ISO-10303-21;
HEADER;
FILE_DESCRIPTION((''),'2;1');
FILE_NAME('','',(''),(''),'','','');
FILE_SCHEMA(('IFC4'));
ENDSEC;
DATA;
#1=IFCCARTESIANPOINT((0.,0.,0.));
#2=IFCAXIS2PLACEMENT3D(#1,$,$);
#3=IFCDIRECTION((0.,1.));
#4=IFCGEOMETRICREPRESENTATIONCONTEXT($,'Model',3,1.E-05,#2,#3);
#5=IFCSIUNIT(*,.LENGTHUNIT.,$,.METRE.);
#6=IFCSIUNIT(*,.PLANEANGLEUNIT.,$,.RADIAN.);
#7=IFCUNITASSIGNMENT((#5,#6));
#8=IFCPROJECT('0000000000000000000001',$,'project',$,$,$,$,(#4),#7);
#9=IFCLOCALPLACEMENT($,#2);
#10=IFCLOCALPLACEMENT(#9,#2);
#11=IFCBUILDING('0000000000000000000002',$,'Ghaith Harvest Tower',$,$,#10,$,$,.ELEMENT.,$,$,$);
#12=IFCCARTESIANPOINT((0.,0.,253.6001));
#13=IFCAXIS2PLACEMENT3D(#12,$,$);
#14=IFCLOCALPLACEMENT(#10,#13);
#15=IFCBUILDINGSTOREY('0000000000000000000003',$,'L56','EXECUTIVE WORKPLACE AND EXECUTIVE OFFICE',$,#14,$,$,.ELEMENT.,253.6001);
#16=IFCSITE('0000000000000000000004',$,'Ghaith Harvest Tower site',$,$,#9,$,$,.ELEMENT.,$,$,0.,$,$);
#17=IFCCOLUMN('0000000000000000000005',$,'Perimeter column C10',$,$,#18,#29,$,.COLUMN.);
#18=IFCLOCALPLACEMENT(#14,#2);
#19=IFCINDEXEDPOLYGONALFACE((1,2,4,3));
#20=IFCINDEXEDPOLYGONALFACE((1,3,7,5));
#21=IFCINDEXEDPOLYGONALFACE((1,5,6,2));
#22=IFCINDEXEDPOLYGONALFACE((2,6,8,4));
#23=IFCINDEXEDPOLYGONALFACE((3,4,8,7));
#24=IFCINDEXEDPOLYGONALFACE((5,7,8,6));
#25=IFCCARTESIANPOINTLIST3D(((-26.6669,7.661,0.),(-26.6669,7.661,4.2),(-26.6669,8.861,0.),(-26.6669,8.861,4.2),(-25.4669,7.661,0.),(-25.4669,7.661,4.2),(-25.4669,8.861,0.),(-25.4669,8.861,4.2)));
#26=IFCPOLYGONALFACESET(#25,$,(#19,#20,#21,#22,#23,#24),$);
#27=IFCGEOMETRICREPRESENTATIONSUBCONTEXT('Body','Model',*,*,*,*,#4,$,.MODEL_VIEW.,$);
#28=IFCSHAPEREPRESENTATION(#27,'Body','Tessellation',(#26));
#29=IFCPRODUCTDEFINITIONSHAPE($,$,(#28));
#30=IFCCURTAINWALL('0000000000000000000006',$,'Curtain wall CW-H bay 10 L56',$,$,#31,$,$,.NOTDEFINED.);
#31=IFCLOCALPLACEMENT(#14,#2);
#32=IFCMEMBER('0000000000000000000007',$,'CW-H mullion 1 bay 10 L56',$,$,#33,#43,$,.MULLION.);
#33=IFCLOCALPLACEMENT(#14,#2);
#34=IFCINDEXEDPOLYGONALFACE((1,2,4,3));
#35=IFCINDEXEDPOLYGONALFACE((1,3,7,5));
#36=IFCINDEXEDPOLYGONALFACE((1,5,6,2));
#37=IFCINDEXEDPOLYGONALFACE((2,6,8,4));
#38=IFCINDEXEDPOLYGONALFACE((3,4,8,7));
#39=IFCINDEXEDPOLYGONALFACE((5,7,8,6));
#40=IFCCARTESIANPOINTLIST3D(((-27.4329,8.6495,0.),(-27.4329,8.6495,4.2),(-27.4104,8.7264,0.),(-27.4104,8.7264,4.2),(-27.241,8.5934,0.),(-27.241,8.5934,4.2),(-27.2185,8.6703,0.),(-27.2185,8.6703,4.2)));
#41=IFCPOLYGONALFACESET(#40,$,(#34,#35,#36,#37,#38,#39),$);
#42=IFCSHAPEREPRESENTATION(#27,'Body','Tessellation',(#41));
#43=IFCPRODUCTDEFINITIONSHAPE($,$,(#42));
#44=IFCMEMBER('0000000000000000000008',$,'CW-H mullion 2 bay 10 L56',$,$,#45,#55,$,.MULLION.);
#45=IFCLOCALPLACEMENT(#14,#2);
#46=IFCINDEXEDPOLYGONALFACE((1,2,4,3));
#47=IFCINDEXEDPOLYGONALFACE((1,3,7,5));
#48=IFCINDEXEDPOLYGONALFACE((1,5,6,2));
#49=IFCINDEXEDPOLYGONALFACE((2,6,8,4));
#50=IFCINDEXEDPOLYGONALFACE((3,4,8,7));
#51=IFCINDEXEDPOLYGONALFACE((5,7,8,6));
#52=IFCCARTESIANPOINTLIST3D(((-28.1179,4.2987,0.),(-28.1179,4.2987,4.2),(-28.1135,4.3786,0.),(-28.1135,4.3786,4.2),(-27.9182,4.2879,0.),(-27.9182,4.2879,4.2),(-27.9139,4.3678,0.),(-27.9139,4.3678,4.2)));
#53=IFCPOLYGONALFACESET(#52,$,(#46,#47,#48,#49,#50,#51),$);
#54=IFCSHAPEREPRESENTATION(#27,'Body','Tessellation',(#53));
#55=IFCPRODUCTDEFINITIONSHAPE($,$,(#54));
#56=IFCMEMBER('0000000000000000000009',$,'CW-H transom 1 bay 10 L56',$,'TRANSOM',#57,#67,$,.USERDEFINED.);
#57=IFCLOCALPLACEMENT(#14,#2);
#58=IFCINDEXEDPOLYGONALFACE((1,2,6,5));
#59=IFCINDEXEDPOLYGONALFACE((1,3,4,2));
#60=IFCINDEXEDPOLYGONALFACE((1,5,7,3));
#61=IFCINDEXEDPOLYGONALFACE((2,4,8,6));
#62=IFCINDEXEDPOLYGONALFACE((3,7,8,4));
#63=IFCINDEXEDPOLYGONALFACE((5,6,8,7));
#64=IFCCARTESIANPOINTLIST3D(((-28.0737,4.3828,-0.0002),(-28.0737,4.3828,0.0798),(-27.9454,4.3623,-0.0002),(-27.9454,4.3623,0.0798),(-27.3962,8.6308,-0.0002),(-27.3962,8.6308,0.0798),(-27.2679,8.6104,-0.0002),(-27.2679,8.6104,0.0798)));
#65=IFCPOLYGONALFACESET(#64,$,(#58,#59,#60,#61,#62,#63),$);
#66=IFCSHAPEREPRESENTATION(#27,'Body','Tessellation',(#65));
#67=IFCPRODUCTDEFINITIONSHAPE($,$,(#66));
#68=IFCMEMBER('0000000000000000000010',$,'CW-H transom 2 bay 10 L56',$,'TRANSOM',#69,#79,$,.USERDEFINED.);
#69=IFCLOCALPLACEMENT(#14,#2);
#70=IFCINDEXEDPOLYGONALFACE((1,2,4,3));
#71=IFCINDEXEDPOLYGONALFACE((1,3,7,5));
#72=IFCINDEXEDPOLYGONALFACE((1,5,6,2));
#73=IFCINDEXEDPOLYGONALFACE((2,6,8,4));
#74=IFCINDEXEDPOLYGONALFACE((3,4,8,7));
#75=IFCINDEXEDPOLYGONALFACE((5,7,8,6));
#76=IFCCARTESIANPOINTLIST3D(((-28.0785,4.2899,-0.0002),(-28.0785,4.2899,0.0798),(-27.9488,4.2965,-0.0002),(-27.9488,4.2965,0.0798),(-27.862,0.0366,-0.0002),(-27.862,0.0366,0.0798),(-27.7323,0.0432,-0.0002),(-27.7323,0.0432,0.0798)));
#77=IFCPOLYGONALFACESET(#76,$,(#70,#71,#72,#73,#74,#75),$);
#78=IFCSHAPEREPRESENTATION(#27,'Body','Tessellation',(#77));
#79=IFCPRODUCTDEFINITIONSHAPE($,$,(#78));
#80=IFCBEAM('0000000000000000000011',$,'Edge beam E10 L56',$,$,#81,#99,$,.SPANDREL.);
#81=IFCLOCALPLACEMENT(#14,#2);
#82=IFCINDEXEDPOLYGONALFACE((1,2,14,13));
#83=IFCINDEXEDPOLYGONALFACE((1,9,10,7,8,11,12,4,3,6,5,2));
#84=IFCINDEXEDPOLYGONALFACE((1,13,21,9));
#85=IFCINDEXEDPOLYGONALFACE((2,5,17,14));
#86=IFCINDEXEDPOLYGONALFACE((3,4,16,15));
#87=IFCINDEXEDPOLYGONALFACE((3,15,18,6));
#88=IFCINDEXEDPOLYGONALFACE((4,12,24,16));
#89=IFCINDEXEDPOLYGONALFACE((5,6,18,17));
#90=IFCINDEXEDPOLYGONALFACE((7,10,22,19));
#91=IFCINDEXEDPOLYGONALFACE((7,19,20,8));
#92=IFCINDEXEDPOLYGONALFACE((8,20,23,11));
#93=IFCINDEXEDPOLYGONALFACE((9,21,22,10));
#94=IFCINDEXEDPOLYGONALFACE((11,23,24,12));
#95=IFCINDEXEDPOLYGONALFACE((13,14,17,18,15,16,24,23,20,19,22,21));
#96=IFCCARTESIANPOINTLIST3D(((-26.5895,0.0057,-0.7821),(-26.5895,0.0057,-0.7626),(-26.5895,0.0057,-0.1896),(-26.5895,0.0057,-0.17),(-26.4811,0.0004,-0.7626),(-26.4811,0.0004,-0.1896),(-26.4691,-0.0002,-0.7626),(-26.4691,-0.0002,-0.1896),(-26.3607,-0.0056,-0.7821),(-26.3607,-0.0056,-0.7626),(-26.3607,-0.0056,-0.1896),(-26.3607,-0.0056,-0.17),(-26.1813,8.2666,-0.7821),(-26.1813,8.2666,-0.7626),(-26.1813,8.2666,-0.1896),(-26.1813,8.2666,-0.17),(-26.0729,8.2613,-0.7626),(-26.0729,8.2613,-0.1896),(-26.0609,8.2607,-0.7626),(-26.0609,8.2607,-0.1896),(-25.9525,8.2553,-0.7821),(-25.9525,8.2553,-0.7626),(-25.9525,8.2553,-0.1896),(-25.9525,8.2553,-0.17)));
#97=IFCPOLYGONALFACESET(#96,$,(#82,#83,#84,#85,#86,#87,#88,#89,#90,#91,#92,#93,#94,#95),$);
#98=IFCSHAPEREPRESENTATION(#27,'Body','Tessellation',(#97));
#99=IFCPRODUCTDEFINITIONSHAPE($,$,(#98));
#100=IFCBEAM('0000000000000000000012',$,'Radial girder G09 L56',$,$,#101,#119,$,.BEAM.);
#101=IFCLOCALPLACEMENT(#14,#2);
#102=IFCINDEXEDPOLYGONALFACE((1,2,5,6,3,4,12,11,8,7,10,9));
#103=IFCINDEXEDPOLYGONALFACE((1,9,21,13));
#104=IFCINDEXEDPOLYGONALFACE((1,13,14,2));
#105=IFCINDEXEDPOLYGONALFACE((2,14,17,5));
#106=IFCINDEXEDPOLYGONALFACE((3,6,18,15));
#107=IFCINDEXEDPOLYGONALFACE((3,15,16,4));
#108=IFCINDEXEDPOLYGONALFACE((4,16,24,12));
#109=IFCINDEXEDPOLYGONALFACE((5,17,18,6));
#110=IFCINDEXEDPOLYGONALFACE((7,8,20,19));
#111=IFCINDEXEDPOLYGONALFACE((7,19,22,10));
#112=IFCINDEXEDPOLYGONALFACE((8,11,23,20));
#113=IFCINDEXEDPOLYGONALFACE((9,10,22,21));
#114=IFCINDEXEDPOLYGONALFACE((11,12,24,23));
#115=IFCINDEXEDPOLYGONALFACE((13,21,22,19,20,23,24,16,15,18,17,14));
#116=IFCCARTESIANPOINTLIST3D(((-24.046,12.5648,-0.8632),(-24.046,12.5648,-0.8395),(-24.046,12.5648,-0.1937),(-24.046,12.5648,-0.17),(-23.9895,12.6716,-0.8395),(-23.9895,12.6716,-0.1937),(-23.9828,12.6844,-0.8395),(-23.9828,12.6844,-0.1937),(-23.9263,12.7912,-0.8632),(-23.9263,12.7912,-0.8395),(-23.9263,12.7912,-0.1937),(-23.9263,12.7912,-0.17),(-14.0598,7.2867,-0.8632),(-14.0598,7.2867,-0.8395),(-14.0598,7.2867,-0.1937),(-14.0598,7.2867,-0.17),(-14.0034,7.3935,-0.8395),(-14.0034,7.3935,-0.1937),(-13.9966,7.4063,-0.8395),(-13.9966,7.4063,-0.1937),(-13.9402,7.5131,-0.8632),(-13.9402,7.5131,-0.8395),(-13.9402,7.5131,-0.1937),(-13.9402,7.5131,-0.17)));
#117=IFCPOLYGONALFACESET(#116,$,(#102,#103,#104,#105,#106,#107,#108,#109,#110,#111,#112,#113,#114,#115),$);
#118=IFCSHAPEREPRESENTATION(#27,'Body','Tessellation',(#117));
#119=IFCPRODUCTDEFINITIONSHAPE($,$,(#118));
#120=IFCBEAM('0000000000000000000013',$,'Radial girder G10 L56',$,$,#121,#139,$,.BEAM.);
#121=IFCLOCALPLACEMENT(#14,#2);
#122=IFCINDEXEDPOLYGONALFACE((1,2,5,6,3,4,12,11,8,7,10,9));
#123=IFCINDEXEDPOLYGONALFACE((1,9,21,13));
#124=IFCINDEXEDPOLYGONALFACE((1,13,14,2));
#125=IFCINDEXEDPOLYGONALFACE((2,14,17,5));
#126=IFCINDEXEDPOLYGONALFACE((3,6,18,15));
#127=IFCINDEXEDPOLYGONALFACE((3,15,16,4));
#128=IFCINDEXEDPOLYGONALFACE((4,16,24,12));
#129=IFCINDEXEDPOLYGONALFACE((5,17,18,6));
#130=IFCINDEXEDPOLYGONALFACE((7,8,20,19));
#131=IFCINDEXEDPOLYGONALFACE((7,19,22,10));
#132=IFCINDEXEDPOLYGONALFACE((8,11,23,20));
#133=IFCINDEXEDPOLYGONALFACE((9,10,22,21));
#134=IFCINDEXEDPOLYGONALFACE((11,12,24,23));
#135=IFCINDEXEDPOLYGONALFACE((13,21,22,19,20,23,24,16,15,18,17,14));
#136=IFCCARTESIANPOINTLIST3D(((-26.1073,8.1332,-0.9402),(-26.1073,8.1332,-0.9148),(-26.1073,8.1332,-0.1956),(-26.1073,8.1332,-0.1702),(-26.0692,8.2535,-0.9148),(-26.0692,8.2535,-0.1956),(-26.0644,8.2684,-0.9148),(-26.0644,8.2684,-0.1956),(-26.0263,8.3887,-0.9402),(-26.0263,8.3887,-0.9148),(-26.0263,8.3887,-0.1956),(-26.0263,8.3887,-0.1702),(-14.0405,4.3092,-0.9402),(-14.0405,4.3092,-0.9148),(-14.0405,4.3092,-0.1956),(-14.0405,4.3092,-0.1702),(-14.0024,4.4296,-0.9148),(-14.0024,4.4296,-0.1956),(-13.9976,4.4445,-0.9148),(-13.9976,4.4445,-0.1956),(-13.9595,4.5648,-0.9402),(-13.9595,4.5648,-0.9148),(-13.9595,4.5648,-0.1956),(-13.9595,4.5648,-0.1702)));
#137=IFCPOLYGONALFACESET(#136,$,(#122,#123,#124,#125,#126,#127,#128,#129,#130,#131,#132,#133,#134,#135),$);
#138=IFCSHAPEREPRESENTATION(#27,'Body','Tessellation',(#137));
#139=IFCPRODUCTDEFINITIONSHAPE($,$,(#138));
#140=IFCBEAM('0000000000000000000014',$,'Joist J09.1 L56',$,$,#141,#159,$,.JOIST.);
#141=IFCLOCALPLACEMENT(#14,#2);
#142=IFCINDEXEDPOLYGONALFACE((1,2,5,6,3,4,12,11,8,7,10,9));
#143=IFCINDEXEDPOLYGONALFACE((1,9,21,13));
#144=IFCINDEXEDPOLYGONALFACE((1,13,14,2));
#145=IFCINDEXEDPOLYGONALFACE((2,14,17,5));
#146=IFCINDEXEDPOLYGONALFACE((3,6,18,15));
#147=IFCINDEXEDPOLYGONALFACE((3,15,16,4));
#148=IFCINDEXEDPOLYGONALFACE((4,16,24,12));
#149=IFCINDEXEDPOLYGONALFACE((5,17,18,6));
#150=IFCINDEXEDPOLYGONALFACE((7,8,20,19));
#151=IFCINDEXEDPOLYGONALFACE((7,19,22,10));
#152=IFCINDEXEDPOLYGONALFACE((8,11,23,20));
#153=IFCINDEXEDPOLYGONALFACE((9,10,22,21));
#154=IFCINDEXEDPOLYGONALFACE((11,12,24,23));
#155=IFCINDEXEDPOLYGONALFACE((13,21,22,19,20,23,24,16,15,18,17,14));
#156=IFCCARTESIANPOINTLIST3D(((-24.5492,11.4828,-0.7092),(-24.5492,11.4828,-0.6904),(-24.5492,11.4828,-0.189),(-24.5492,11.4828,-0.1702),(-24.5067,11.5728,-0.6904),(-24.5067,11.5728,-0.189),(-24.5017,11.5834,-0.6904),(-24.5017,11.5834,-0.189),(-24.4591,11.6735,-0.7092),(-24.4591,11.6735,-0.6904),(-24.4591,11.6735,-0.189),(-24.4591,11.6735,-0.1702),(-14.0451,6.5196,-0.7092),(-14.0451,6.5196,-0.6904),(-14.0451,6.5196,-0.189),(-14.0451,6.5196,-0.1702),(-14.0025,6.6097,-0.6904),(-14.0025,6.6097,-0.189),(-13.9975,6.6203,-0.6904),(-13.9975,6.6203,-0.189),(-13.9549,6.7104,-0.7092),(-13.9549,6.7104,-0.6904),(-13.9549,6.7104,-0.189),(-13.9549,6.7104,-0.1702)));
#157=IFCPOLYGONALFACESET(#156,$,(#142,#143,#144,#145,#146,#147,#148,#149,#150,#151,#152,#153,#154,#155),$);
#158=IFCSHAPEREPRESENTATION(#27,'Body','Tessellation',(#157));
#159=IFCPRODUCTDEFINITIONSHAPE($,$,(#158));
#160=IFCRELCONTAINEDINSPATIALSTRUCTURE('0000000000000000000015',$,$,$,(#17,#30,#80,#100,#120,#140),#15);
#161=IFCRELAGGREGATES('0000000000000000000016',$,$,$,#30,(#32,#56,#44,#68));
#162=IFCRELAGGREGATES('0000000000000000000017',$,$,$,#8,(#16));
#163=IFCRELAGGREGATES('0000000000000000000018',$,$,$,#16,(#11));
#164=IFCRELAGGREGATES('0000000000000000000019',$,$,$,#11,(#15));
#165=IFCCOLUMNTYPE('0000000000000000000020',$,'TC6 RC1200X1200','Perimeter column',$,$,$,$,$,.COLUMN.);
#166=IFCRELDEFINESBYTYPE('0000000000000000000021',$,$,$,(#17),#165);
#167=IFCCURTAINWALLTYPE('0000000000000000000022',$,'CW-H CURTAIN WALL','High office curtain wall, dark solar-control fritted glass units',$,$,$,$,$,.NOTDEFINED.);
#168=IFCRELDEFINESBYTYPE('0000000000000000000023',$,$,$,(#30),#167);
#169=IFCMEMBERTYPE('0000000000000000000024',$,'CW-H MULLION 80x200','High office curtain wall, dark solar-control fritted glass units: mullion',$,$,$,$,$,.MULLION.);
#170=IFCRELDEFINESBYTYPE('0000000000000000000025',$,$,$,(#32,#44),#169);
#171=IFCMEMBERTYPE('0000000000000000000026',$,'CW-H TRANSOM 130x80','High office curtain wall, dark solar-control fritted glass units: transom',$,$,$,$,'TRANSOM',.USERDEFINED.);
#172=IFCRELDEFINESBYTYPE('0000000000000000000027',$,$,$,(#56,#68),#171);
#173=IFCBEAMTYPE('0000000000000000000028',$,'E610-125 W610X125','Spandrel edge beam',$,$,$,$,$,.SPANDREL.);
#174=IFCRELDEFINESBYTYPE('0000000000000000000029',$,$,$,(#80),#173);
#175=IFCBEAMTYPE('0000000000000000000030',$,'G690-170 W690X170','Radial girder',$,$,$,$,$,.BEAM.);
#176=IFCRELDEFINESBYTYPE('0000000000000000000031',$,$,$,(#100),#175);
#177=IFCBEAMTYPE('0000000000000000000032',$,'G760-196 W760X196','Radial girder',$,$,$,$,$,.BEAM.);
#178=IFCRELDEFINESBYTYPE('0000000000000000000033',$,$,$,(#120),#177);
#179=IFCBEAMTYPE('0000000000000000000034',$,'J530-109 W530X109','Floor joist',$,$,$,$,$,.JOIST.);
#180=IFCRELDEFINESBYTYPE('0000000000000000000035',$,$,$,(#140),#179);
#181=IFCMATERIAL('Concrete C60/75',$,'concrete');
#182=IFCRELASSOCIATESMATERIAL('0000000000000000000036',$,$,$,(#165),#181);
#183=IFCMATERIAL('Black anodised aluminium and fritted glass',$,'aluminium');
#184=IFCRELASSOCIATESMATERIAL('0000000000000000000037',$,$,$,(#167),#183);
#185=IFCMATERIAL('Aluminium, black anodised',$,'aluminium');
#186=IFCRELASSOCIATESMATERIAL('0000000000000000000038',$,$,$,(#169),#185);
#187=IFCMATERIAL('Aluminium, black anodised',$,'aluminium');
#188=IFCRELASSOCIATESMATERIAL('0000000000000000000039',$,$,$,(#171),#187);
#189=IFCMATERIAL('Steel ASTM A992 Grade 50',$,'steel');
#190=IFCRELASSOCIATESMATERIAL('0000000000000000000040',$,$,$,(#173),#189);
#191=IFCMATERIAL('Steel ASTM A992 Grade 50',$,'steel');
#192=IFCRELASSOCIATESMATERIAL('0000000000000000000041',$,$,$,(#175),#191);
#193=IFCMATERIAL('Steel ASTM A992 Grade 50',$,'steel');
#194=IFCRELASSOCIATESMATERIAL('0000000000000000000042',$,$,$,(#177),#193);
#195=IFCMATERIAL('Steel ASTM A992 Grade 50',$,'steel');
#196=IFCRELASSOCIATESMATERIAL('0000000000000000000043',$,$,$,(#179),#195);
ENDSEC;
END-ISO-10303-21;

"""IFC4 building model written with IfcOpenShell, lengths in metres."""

from ifc_helpers import new_model, si_unit, direction, frame, origin, origin_2d, place, context, subcontext, project, spatial, rectangle, i_section, extrude, material, material_profile, profile_set, type_object, element, aggregate, save


model = new_model("IFC4")

# Units and contexts
model_context = context("Model", 3, precision=1e-05, world=origin(), true_north=direction((0.0, 1.0)))
body_context = subcontext(model_context, "Body", "Model", "MODEL_VIEW")
ifc_project = project(units=[si_unit("LENGTHUNIT", "METRE"), si_unit("PLANEANGLEUNIT", "RADIAN")], contexts=[model_context])

# Site, building, storey
site_placement = place(None, origin())
site = spatial("IfcSite", under=ifc_project, at=site_placement, Name="Ghaith Harvest Tower site", CompositionType="ELEMENT", RefElevation=0.0)
building_placement = place(site_placement, origin())
building = spatial("IfcBuilding", under=site, at=building_placement, Name="Ghaith Harvest Tower", CompositionType="ELEMENT")
storey_placement = place(building_placement, frame((0.0, 0.0, 253.6001)))
storey = spatial("IfcBuildingStorey", under=building, at=storey_placement, Name="L56", Description="EXECUTIVE WORKPLACE AND EXECUTIVE OFFICE", CompositionType="ELEMENT", Elevation=253.6001)

# Column
ifc_material_1 = material(Name="Concrete C60/75", Category="concrete")
ifc_material_profile_1 = material_profile(ifc_material_1, rectangle(XDim=1.2, YDim=1.2, at=origin_2d()), Name="RC1200X1200")
ifc_profile_set_1 = profile_set([ifc_material_profile_1], Name="Concrete C60/75")
column_type = type_object("IfcColumnType", Name="TC6 RC1200X1200", Description="Perimeter column", PredefinedType="COLUMN", material=ifc_profile_set_1)
column_placement = place(storey_placement, frame((-26.0669, 8.261, 0.0), z_axis=(0.0, 0.0, 1.0), x_axis=(1.0, 0.0, 0.0)))
element("IfcColumn", 1, at=column_placement, inside=storey, type_object=column_type, Name="Perimeter column C10", PredefinedType="COLUMN", context=body_context, shape_type="SweptSolid", body=[
    extrude(rectangle(XDim=1.2, YDim=1.2, at=origin_2d()), origin(), (0.0, 0.0, 1.0), 4.2),
])

# Curtain wall, members
ifc_material_2 = material(Name="Black anodised aluminium and fritted glass", Category="aluminium")
curtain_wall_type = type_object("IfcCurtainWallType", Name="CW-H CURTAIN WALL", Description="High office curtain wall, dark solar-control fritted glass units", PredefinedType="NOTDEFINED", material=ifc_material_2)
curtain_wall_placement = place(storey_placement, origin())
curtain_wall = element("IfcCurtainWall", 2, at=curtain_wall_placement, inside=storey, type_object=curtain_wall_type, Name="Curtain wall CW-H bay 10 L56", PredefinedType="NOTDEFINED")
ifc_material_3 = material(Name="Aluminium, black anodised", Category="aluminium")
ifc_material_profile_2 = material_profile(ifc_material_3, rectangle(XDim=0.0801, YDim=0.2, at=origin_2d()), Name="CW-H MULLION 80x200")
ifc_profile_set_2 = profile_set([ifc_material_profile_2], Name="Aluminium, black anodised")
member_type_1 = type_object("IfcMemberType", Name="CW-H MULLION 80x200", Description="High office curtain wall, dark solar-control fritted glass units: mullion", PredefinedType="MULLION", material=ifc_profile_set_2)
member_1_placement = place(storey_placement, frame((-27.3257, 8.6599, 0.0), z_axis=(0.0, 0.0, 1.0), x_axis=(-0.28052, -0.959848, 0.0)))
member_1 = element("IfcMember", 3, at=member_1_placement, type_object=member_type_1, Name="CW-H mullion 1 bay 10 L56", PredefinedType="MULLION", context=body_context, shape_type="SweptSolid", body=[
    extrude(rectangle(XDim=0.0801, YDim=0.2, at=origin_2d()), origin(), (0.0, 0.0, 1.0), 4.2),
])
member_2_placement = place(storey_placement, frame((-28.0159, 4.3333, 0.0), z_axis=(0.0, 0.0, 1.0), x_axis=(-0.054116, -0.998535, 0.0)))
member_2 = element("IfcMember", 4, at=member_2_placement, type_object=member_type_1, Name="CW-H mullion 2 bay 10 L56", PredefinedType="MULLION", context=body_context, shape_type="SweptSolid", body=[
    extrude(rectangle(XDim=0.0801, YDim=0.2, at=origin_2d()), origin(), (0.0, 0.0, 1.0), 4.2),
])
ifc_material_4 = material(Name="Aluminium, black anodised", Category="aluminium")
ifc_material_profile_3 = material_profile(ifc_material_4, rectangle(XDim=0.1299, YDim=0.0801, at=origin_2d()), Name="CW-H TRANSOM 130x80")
ifc_profile_set_3 = profile_set([ifc_material_profile_3], Name="Aluminium, black anodised")
member_type_2 = type_object("IfcMemberType", Name="CW-H TRANSOM 130x80", Description="High office curtain wall, dark solar-control fritted glass units: transom", ElementType="TRANSOM", PredefinedType="USERDEFINED", material=ifc_profile_set_3)
member_3_placement = place(storey_placement, frame((-27.332, 8.6206, 0.0398), z_axis=(-0.157492, -0.98752, 0.0), x_axis=(0.98752, -0.157492, 0.0)))
member_3 = element("IfcMember", 5, at=member_3_placement, type_object=member_type_2, Name="CW-H transom 1 bay 10 L56", ObjectType="TRANSOM", PredefinedType="USERDEFINED", context=body_context, shape_type="SweptSolid", body=[
    extrude(rectangle(XDim=0.1299, YDim=0.0801, at=origin_2d()), origin(), (0.0, 0.0, 1.0), 4.3018),
])
member_4_placement = place(storey_placement, frame((-28.0137, 4.2932, 0.0398), z_axis=(0.05085, -0.998706, 0.0), x_axis=(0.998706, 0.05085, 0.0)))
member_4 = element("IfcMember", 6, at=member_4_placement, type_object=member_type_2, Name="CW-H transom 2 bay 10 L56", ObjectType="TRANSOM", PredefinedType="USERDEFINED", context=body_context, shape_type="SweptSolid", body=[
    extrude(rectangle(XDim=0.1299, YDim=0.0801, at=origin_2d()), origin(), (0.0, 0.0, 1.0), 4.2588),
])

# Beams
ifc_material_5 = material(Name="Steel ASTM A992 Grade 50", Category="steel")
ifc_material_profile_4 = material_profile(ifc_material_5, i_section(OverallWidth=0.229, OverallDepth=0.6121, WebThickness=0.012, FlangeThickness=0.0195, at=origin_2d()), Name="W610X125")
ifc_profile_set_4 = profile_set([ifc_material_profile_4], Name="Steel ASTM A992 Grade 50")
beam_type_1 = type_object("IfcBeamType", Name="E610-125 W610X125", Description="Spandrel edge beam", PredefinedType="SPANDREL", material=ifc_profile_set_4)
beam_1_placement = place(storey_placement, frame((-26.0669, 8.261, -0.4761), z_axis=(-0.049353, -0.998781, 0.0), x_axis=(0.998781, -0.049353, 0.0)))
element("IfcBeam", 7, at=beam_1_placement, inside=storey, type_object=beam_type_1, Name="Edge beam E10 L56", PredefinedType="SPANDREL", context=body_context, shape_type="SweptSolid", body=[
    extrude(i_section(OverallWidth=0.229, OverallDepth=0.6121, WebThickness=0.012, FlangeThickness=0.0195, at=origin_2d()), origin(), (0.0, 0.0, 1.0), 8.271),
])
ifc_material_6 = material(Name="Steel ASTM A992 Grade 50", Category="steel")
ifc_material_profile_5 = material_profile(ifc_material_6, i_section(OverallWidth=0.2561, OverallDepth=0.6931, WebThickness=0.0144, FlangeThickness=0.0237, at=origin_2d()), Name="W690X170")
ifc_profile_set_5 = profile_set([ifc_material_profile_5], Name="Steel ASTM A992 Grade 50")
beam_type_2 = type_object("IfcBeamType", Name="G690-170 W690X170", Description="Radial girder", PredefinedType="BEAM", material=ifc_profile_set_5)
beam_2_placement = place(storey_placement, frame((-14.0, 7.3999, -0.5166), z_axis=(-0.884105, 0.467288, 0.0), x_axis=(-0.467288, -0.884105, 0.0)))
element("IfcBeam", 8, at=beam_2_placement, inside=storey, type_object=beam_type_2, Name="Radial girder G09 L56", PredefinedType="BEAM", context=body_context, shape_type="SweptSolid", body=[
    extrude(i_section(OverallWidth=0.2561, OverallDepth=0.6931, WebThickness=0.0144, FlangeThickness=0.0237, at=origin_2d()), origin(), (0.0, 0.0, 1.0), 11.2952),
])
ifc_material_7 = material(Name="Steel ASTM A992 Grade 50", Category="steel")
ifc_material_profile_6 = material_profile(ifc_material_7, i_section(OverallWidth=0.2681, OverallDepth=0.77, WebThickness=0.0156, FlangeThickness=0.0254, at=origin_2d()), Name="W760X196")
ifc_profile_set_6 = profile_set([ifc_material_profile_6], Name="Steel ASTM A992 Grade 50")
beam_type_3 = type_object("IfcBeamType", Name="G760-196 W760X196", Description="Radial girder", PredefinedType="BEAM", material=ifc_profile_set_6)
beam_3_placement = place(storey_placement, frame((-14.0, 4.437, -0.5552), z_axis=(-0.953279, 0.302092, 0.0), x_axis=(-0.302092, -0.953279, 0.0)))
element("IfcBeam", 9, at=beam_3_placement, inside=storey, type_object=beam_type_3, Name="Radial girder G10 L56", PredefinedType="BEAM", context=body_context, shape_type="SweptSolid", body=[
    extrude(i_section(OverallWidth=0.2681, OverallDepth=0.77, WebThickness=0.0156, FlangeThickness=0.0254, at=origin_2d()), origin(), (0.0, 0.0, 1.0), 12.6582),
])
ifc_material_8 = material(Name="Steel ASTM A992 Grade 50", Category="steel")
ifc_material_profile_7 = material_profile(ifc_material_8, i_section(OverallWidth=0.2109, OverallDepth=0.5391, WebThickness=0.0117, FlangeThickness=0.0188, at=origin_2d()), Name="W530X109")
ifc_profile_set_7 = profile_set([ifc_material_profile_7], Name="Steel ASTM A992 Grade 50")
beam_type_4 = type_object("IfcBeamType", Name="J530-109 W530X109", Description="Floor joist", PredefinedType="JOIST", material=ifc_profile_set_7)
beam_4_placement = place(storey_placement, frame((-14.0, 6.615, -0.4397), z_axis=(-0.904154, 0.427206, 0.0), x_axis=(-0.427206, -0.904154, 0.0)))
element("IfcBeam", 10, at=beam_4_placement, inside=storey, type_object=beam_type_4, Name="Joist J09.1 L56", PredefinedType="JOIST", context=body_context, shape_type="SweptSolid", body=[
    extrude(i_section(OverallWidth=0.2109, OverallDepth=0.5391, WebThickness=0.0117, FlangeThickness=0.0188, at=origin_2d()), origin(), (0.0, 0.0, 1.0), 11.6177),
])

aggregate(curtain_wall, [member_1, member_3, member_2, member_4])

save(model, "model.ifc")
